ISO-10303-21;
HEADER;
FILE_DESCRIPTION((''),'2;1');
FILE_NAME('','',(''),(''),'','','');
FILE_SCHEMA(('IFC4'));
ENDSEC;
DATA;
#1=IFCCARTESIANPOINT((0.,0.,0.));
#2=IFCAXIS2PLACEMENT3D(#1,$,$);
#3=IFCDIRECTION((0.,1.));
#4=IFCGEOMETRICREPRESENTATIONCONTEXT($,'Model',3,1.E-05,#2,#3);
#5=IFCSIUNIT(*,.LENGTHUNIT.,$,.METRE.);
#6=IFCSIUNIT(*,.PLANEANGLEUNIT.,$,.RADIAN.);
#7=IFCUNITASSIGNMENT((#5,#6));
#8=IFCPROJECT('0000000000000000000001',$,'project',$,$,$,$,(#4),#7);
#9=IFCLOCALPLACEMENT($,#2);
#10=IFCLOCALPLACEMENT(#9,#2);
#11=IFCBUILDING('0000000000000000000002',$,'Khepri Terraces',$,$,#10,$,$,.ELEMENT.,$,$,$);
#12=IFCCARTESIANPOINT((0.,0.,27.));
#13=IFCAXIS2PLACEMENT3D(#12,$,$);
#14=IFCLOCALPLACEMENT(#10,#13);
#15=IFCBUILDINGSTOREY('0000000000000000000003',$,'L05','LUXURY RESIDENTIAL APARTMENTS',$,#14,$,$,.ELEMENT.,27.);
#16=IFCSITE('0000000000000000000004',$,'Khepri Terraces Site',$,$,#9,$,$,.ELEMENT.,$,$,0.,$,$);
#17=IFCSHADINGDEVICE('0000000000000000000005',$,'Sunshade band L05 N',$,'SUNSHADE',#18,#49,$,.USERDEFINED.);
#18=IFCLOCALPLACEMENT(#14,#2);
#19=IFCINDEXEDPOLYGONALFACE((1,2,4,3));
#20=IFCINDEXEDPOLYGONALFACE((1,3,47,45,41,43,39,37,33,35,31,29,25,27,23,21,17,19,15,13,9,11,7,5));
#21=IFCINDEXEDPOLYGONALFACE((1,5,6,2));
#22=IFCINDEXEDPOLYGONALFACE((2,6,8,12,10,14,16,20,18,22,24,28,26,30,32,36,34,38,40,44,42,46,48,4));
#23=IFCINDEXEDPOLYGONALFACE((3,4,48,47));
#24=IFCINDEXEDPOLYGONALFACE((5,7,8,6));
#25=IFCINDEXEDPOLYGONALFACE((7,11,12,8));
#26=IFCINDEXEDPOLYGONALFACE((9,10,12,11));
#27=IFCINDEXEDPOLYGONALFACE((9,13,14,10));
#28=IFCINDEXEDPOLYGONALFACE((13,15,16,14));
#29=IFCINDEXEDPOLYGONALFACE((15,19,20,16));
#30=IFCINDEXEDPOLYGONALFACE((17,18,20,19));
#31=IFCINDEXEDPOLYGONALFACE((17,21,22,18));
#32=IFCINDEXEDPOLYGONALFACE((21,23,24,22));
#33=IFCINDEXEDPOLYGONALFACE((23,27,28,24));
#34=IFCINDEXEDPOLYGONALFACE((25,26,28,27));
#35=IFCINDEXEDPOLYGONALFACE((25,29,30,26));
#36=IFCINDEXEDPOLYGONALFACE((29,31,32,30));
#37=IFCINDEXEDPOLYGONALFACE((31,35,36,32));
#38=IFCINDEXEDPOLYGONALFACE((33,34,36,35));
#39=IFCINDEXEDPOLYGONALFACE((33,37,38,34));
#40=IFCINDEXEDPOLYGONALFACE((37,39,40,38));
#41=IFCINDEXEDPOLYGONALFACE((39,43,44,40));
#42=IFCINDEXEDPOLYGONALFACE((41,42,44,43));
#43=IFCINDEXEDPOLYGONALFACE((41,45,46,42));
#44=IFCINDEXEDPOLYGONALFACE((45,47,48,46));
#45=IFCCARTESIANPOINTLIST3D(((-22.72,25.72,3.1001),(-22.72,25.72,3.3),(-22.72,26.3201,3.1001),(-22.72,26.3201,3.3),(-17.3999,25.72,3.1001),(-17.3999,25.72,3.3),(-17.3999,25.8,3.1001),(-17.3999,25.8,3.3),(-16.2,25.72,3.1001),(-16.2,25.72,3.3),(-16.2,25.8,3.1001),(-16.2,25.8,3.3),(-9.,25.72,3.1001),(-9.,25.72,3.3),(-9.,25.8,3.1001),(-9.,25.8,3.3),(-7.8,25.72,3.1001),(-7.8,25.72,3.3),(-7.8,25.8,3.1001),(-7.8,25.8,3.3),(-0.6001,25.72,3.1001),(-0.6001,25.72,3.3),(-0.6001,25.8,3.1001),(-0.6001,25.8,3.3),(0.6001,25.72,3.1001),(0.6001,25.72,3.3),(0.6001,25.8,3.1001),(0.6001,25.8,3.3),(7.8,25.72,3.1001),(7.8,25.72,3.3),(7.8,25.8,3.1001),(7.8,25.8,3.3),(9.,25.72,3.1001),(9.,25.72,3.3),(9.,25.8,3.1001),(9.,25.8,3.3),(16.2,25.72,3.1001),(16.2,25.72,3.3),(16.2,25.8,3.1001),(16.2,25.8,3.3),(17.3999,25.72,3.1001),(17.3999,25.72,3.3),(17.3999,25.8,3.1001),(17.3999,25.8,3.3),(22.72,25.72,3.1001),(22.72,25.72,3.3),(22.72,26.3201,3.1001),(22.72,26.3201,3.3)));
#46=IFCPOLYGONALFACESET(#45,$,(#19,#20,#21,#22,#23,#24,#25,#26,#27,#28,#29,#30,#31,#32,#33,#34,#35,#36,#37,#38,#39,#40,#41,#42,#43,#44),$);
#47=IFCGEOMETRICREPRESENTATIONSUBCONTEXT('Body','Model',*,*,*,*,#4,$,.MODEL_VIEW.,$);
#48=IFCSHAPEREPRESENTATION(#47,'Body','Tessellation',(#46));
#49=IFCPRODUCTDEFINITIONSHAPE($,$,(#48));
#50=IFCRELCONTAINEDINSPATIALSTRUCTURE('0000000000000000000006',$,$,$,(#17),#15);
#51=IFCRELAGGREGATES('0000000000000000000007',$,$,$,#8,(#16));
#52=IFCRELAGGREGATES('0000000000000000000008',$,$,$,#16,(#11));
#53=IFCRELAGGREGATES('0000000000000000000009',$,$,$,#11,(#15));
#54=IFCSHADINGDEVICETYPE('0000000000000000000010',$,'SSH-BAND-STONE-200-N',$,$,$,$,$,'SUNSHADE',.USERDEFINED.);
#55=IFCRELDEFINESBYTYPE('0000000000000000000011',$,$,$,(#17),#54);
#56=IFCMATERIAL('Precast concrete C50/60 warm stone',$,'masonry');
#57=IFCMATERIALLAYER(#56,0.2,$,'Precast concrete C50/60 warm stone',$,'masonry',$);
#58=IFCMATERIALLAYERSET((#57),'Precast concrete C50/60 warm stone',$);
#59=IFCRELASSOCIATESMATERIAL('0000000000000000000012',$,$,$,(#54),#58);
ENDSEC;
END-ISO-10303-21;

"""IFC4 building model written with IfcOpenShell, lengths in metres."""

from ifc_helpers import new_model, si_unit, direction, frame, origin, place, context, subcontext, project, spatial, polyline, outline, extrude, material, layer, layer_set, type_object, element, save


model = new_model("IFC4")

# Units and contexts
model_context = context("Model", 3, precision=1e-05, world=origin(), true_north=direction((0.0, 1.0)))
body_context = subcontext(model_context, "Body", "Model", "MODEL_VIEW")
ifc_project = project(units=[si_unit("LENGTHUNIT", "METRE"), si_unit("PLANEANGLEUNIT", "RADIAN")], contexts=[model_context])

# Site, building, storey
site_placement = place(None, origin())
site = spatial("IfcSite", under=ifc_project, at=site_placement, Name="Khepri Terraces Site", CompositionType="ELEMENT", RefElevation=0.0)
building_placement = place(site_placement, origin())
building = spatial("IfcBuilding", under=site, at=building_placement, Name="Khepri Terraces", CompositionType="ELEMENT")
storey_placement = place(building_placement, frame((0.0, 0.0, 27.0)))
storey = spatial("IfcBuildingStorey", under=building, at=storey_placement, Name="L05", Description="LUXURY RESIDENTIAL APARTMENTS", CompositionType="ELEMENT", Elevation=27.0)

# Shading device
ifc_material_1 = material(Name="Precast concrete C50/60 warm stone", Category="masonry")
ifc_layer_1 = layer(ifc_material_1, 0.2, Name="Precast concrete C50/60 warm stone", Category="masonry")
ifc_layer_set_1 = layer_set([ifc_layer_1], Name="Precast concrete C50/60 warm stone")
shading_device_type_1 = type_object("IfcShadingDeviceType", Name="SSH-BAND-STONE-200-N", ElementType="SUNSHADE", PredefinedType="USERDEFINED", material=ifc_layer_set_1)
shading_device_1_placement = place(storey_placement, frame((0.0, 0.0, 3.1001)))
element("IfcShadingDevice", 1, at=shading_device_1_placement, inside=storey, type_object=shading_device_type_1, Name="Sunshade band L05 N", ObjectType="SUNSHADE", PredefinedType="USERDEFINED", context=body_context, shape_type="SweptSolid", body=[
    extrude(outline(polyline([(17.3999, 25.72), (22.72, 25.72), (22.72, 26.3201), (-22.72, 26.3201), (-22.72, 25.72), (-17.3999, 25.72), (-17.3999, 25.8), (-16.2, 25.8), (-16.2, 25.72), (-9.0, 25.72), (-9.0, 25.8), (-7.8, 25.8), (-7.8, 25.72), (-0.6001, 25.72), (-0.6001, 25.8), (0.6001, 25.8), (0.6001, 25.72), (7.8, 25.72), (7.8, 25.8), (9.0, 25.8), (9.0, 25.72), (16.2, 25.72), (16.2, 25.8), (17.3999, 25.8), (17.3999, 25.72)])), origin(), (0.0, 0.0, 1.0), 0.2),
])

save(model, "model.ifc")
